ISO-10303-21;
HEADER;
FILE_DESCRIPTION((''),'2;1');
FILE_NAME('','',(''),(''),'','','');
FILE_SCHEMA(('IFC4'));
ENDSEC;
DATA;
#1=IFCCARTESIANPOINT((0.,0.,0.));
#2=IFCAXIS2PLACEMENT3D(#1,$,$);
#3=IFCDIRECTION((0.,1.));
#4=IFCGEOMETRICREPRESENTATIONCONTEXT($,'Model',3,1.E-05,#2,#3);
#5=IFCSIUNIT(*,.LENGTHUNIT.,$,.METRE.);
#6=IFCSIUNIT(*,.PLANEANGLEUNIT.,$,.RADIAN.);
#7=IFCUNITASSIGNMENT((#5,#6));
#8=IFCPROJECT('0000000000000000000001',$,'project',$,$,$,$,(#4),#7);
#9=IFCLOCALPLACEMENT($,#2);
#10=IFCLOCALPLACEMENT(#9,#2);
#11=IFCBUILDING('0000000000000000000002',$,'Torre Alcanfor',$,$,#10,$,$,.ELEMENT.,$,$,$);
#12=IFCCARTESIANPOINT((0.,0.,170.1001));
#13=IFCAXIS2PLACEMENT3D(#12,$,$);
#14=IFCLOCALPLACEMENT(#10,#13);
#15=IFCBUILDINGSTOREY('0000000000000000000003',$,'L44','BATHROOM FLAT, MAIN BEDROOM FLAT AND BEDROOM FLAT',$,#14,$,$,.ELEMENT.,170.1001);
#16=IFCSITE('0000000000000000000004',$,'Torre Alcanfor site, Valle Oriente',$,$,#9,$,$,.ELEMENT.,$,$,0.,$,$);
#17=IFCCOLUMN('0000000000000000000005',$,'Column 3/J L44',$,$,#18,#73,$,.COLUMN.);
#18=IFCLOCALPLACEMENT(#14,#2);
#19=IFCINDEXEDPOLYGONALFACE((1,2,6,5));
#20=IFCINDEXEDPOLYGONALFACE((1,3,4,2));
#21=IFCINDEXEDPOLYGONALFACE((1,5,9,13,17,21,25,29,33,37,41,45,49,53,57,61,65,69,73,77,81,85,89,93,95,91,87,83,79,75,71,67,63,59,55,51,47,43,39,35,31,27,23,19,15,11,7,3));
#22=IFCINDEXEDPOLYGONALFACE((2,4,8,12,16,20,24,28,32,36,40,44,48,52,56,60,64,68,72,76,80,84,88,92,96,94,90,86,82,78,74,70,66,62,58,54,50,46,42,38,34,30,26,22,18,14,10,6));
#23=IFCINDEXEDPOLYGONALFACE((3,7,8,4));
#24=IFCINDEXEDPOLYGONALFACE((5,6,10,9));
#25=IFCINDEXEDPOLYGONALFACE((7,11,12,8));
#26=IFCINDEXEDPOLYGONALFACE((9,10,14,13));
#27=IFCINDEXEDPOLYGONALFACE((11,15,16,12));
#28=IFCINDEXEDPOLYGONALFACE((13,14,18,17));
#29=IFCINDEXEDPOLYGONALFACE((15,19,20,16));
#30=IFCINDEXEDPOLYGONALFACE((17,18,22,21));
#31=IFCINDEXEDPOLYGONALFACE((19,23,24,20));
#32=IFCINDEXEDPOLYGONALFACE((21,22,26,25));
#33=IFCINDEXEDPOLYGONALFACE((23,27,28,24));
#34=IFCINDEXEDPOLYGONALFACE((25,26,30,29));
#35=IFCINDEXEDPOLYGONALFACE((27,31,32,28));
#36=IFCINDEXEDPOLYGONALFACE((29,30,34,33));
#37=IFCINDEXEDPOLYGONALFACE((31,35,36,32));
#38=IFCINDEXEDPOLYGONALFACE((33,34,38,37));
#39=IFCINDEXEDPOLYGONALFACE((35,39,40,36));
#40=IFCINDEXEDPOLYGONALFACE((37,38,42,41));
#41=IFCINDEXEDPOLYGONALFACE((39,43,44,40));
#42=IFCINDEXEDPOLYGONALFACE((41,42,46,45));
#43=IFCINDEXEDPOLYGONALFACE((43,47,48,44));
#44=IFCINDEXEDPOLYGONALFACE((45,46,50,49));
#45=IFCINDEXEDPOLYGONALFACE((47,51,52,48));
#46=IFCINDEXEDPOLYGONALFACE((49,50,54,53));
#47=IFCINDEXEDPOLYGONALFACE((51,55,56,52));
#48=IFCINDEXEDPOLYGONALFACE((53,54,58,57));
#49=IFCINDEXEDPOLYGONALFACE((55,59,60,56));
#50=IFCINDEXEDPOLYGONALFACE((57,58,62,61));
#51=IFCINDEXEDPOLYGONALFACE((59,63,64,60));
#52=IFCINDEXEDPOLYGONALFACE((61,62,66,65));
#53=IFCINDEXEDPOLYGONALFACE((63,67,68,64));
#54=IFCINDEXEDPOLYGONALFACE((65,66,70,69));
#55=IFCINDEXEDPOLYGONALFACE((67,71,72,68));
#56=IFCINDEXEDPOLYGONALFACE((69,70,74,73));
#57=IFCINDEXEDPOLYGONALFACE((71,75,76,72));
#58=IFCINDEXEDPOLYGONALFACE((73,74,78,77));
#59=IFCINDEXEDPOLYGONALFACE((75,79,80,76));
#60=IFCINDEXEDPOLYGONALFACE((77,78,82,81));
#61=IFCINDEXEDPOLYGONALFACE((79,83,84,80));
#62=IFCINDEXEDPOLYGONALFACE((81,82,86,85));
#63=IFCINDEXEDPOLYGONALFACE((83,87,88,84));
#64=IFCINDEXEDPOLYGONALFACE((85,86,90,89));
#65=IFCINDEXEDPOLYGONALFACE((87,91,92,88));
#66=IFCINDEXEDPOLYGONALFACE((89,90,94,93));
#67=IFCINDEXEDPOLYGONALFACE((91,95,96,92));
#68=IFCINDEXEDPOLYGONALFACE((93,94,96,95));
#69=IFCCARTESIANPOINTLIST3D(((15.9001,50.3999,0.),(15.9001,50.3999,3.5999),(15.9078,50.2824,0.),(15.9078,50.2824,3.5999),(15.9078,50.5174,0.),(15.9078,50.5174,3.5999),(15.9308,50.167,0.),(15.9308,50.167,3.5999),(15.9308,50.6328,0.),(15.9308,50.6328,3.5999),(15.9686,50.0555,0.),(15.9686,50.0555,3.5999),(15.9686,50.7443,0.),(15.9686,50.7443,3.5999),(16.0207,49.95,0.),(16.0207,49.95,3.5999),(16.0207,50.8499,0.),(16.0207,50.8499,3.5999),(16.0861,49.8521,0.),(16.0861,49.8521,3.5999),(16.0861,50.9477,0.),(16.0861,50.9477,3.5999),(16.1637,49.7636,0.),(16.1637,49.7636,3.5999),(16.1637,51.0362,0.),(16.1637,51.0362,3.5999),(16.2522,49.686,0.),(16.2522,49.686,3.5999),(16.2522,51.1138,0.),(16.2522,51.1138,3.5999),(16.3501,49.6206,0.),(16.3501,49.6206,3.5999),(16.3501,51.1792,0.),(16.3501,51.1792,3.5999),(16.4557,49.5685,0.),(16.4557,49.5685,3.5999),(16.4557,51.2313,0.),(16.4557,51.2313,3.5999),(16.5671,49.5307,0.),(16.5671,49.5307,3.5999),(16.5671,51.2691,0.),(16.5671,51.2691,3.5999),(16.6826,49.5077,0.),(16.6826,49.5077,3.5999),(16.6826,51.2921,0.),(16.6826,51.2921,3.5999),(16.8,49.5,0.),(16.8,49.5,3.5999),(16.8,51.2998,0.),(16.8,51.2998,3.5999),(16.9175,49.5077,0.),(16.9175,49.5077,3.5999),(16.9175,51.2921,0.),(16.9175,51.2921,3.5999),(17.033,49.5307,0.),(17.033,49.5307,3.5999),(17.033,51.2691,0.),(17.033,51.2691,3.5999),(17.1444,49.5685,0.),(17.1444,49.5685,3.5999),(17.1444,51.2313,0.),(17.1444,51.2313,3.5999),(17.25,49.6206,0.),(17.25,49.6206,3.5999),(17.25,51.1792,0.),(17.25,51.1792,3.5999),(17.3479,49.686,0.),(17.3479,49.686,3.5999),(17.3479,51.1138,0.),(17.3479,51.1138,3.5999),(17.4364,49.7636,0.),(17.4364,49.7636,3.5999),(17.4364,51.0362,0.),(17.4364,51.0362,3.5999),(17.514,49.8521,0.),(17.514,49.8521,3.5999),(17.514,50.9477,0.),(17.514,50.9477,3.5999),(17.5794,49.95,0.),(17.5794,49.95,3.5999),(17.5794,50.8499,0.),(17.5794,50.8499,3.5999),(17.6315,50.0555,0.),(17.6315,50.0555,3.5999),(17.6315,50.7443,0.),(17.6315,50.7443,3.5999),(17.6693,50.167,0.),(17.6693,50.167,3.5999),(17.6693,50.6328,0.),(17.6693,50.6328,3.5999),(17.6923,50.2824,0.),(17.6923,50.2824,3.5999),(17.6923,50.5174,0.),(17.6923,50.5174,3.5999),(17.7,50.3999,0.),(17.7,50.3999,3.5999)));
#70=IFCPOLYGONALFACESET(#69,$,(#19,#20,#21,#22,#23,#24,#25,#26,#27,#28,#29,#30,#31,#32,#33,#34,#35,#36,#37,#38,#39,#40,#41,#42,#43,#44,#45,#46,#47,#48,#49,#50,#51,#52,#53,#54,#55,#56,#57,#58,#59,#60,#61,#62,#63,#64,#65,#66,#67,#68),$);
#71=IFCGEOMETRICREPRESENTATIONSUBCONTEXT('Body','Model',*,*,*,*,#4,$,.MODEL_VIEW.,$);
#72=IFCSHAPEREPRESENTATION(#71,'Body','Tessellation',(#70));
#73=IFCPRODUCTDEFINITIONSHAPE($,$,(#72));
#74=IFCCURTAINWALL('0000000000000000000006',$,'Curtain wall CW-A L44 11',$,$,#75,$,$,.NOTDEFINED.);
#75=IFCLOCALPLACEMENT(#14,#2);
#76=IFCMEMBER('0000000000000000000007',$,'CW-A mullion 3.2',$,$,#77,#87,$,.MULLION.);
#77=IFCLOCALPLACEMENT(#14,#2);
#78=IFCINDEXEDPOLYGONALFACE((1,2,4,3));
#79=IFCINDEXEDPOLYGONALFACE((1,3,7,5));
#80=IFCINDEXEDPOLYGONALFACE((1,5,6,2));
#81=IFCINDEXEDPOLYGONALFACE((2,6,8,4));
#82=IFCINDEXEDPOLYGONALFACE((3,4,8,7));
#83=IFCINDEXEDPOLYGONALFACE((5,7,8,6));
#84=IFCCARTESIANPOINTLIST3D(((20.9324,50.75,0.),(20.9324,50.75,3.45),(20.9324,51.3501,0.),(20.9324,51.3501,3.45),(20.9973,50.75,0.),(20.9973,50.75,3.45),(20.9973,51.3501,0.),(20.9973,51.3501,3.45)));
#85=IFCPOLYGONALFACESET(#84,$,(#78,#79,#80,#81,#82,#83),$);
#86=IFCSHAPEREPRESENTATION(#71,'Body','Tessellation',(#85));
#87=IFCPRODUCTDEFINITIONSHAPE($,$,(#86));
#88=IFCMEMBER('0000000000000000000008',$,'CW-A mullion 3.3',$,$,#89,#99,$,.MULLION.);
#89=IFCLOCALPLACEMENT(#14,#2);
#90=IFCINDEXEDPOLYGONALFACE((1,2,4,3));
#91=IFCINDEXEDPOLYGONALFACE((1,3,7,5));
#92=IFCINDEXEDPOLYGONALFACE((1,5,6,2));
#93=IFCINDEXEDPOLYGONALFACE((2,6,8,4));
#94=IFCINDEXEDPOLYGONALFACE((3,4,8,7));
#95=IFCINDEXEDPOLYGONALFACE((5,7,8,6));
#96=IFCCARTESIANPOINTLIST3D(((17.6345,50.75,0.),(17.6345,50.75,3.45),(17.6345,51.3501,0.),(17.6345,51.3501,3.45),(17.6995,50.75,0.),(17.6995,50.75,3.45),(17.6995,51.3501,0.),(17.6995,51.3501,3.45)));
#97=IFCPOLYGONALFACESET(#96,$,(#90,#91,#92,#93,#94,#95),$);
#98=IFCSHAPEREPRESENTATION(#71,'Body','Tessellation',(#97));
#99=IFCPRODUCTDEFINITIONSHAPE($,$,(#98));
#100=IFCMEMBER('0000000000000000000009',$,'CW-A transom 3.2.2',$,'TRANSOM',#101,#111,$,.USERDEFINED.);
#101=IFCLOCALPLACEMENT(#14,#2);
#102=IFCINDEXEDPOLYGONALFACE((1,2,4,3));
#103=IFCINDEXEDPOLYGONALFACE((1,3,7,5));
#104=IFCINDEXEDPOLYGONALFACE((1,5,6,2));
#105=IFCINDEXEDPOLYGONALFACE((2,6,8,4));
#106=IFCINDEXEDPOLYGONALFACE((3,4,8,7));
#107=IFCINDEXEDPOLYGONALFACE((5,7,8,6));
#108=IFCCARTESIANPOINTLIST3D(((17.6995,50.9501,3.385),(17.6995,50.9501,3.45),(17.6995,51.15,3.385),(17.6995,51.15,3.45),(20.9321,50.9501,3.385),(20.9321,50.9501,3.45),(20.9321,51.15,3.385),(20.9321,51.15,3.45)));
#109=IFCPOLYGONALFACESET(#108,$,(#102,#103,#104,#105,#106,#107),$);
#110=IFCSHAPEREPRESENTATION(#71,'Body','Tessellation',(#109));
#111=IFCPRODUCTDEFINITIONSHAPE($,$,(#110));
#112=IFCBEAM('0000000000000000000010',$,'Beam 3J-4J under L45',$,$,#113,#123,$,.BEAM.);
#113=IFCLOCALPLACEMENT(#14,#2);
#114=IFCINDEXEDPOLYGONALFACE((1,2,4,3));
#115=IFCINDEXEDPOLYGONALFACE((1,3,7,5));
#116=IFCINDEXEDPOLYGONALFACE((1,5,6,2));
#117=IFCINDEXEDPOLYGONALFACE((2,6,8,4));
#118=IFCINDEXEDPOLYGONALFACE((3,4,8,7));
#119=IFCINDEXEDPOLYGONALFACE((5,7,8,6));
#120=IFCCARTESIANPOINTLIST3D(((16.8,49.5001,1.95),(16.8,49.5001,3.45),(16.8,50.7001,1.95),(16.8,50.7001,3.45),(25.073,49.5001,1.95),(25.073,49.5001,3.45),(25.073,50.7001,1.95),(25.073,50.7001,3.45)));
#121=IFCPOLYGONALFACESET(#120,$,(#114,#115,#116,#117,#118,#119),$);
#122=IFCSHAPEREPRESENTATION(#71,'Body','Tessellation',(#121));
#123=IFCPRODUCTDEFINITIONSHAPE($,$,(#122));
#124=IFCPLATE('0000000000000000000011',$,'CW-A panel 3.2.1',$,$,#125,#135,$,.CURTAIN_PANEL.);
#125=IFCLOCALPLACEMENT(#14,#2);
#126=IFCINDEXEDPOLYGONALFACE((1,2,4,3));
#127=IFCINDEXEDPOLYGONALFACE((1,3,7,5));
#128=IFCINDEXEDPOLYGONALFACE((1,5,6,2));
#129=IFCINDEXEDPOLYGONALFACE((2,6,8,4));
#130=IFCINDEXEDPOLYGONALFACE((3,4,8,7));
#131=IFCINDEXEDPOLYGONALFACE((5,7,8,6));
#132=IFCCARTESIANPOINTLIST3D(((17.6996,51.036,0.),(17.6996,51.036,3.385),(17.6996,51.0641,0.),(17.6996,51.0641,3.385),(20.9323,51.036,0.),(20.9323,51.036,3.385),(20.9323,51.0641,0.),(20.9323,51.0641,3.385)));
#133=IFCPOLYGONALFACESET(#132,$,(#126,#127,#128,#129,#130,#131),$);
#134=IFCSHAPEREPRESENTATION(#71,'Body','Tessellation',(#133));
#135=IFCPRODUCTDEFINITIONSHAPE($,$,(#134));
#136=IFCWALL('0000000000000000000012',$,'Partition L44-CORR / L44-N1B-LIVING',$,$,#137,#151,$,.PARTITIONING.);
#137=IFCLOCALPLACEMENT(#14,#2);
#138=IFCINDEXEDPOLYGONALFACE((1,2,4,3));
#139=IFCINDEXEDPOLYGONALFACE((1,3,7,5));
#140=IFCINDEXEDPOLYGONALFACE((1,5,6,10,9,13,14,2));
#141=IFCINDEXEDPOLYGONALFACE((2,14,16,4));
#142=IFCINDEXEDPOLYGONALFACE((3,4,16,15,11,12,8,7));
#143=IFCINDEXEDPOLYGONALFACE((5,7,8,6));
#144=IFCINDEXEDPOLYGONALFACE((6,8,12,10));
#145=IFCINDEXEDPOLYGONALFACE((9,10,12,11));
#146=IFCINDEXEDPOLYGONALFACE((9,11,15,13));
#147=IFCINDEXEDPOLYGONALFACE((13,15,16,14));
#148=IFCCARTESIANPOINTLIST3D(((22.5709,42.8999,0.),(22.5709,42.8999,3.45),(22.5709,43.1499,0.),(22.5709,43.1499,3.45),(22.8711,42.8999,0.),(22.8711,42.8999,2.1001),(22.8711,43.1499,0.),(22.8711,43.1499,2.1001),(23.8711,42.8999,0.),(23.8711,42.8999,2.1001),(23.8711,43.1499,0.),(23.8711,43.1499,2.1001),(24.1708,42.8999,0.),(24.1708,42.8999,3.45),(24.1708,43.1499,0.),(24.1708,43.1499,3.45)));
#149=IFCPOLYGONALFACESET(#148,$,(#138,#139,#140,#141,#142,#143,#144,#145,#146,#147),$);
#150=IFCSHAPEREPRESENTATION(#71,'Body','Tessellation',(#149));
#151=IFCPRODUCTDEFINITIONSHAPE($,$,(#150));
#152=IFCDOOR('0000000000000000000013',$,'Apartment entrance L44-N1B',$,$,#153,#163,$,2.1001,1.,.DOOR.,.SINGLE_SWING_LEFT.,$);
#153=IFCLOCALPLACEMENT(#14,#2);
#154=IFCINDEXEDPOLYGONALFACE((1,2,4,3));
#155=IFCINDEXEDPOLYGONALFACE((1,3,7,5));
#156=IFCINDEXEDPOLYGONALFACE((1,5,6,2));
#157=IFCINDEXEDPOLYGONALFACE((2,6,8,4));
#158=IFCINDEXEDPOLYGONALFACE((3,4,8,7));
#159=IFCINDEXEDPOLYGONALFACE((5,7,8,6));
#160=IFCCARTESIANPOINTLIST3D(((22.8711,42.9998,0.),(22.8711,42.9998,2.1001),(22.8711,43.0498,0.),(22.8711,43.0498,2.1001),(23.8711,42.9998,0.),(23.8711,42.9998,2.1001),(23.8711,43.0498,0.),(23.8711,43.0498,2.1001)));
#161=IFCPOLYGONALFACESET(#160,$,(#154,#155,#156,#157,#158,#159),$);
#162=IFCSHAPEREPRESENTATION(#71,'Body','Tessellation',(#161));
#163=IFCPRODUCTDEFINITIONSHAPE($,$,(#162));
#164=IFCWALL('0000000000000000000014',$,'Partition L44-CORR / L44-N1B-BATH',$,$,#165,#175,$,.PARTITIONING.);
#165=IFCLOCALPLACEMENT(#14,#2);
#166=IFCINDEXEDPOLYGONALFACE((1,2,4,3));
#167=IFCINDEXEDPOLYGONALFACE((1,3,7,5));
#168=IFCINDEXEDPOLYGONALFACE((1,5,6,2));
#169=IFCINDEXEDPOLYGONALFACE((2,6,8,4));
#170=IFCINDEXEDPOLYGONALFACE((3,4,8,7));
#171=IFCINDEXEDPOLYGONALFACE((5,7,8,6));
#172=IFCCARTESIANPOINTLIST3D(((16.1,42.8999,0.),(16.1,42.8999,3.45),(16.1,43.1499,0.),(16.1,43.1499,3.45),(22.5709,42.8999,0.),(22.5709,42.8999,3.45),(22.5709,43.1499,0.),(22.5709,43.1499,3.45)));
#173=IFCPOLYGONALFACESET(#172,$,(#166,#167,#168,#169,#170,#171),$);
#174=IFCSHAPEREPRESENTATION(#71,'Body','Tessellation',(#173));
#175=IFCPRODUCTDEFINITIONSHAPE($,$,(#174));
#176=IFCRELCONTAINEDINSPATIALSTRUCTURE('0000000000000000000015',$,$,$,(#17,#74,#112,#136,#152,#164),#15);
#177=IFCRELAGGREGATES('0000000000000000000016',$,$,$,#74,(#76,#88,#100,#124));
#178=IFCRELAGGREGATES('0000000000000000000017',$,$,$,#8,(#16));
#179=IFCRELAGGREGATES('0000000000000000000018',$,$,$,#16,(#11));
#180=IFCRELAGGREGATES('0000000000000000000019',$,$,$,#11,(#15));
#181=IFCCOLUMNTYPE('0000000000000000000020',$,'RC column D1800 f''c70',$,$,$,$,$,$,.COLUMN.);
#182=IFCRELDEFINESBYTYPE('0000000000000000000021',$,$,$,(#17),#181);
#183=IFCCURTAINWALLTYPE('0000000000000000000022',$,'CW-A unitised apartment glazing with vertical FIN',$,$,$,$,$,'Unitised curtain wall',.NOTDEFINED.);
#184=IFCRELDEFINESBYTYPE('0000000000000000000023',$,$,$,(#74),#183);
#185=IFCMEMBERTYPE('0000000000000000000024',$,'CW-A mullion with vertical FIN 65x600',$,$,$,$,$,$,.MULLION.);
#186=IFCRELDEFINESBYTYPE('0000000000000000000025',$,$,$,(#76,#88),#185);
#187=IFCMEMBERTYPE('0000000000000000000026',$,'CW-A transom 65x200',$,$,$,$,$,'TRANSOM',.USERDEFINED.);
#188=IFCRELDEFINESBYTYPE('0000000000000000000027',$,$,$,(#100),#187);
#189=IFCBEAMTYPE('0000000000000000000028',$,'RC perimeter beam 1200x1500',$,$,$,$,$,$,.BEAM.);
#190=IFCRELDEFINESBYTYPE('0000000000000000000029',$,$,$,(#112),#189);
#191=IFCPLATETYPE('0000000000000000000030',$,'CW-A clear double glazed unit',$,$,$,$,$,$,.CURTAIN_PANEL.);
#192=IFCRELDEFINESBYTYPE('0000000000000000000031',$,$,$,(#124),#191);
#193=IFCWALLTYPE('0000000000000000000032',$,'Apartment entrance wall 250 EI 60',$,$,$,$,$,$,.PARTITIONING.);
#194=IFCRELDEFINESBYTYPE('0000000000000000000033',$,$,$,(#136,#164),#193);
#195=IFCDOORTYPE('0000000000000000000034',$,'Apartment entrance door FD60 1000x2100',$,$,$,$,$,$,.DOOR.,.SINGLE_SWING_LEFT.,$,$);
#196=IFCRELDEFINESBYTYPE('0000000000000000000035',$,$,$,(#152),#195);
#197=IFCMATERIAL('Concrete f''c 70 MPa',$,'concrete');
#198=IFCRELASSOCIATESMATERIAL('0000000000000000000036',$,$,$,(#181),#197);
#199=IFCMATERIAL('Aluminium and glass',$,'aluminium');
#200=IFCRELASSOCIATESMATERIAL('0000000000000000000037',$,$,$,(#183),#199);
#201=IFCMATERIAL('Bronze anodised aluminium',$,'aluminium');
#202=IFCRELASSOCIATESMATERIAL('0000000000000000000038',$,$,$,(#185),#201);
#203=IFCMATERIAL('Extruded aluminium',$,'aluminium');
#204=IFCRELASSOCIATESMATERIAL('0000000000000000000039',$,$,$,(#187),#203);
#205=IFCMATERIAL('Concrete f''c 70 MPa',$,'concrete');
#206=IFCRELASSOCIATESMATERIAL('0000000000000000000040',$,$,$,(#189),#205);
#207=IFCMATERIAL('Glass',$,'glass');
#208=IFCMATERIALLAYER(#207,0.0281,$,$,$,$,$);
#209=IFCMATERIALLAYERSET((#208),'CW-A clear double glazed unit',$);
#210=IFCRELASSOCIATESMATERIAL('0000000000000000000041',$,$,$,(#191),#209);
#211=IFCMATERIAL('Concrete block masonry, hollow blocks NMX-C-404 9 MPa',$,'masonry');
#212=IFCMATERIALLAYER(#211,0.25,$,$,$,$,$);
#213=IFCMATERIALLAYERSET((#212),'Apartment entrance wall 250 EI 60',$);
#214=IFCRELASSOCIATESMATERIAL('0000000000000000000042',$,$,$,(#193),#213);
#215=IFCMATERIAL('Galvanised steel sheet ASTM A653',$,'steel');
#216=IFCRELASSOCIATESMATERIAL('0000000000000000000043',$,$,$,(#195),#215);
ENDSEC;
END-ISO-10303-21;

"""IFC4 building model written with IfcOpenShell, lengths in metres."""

from ifc_helpers import new_model, si_unit, direction, frame, frame_2d, origin, origin_2d, place, context, subcontext, project, spatial, rectangle, circle, extrude, material, layer, layer_set, material_profile, profile_set, type_object, element, fill, aggregate, save


model = new_model("IFC4")

# Units and contexts
model_context = context("Model", 3, precision=1e-05, world=origin(), true_north=direction((0.0, 1.0)))
body_context = subcontext(model_context, "Body", "Model", "MODEL_VIEW")
ifc_project = project(units=[si_unit("LENGTHUNIT", "METRE"), si_unit("PLANEANGLEUNIT", "RADIAN")], contexts=[model_context])

# Site, building, storey
site_placement = place(None, origin())
site = spatial("IfcSite", under=ifc_project, at=site_placement, Name="Torre Alcanfor site, Valle Oriente", CompositionType="ELEMENT", RefElevation=0.0)
building_placement = place(site_placement, origin())
building = spatial("IfcBuilding", under=site, at=building_placement, Name="Torre Alcanfor", CompositionType="ELEMENT")
storey_placement = place(building_placement, frame((0.0, 0.0, 170.1001)))
storey = spatial("IfcBuildingStorey", under=building, at=storey_placement, Name="L44", Description="BATHROOM FLAT, MAIN BEDROOM FLAT AND BEDROOM FLAT", CompositionType="ELEMENT", Elevation=170.1001)

# Column
ifc_material_1 = material(Name="Concrete f'c 70 MPa", Category="concrete")
ifc_material_profile_1 = material_profile(ifc_material_1, circle(Radius=0.8999, at=origin_2d()), Name="D1800")
ifc_profile_set_1 = profile_set([ifc_material_profile_1], Name="Concrete f'c 70 MPa")
column_type = type_object("IfcColumnType", Name="RC column D1800 f'c70", PredefinedType="COLUMN", material=ifc_profile_set_1)
column_placement = place(storey_placement, frame((16.8, 50.3999, 0.0), z_axis=(0.0, 0.0, 1.0), x_axis=(1.0, 0.0, 0.0)))
element("IfcColumn", 1, at=column_placement, inside=storey, type_object=column_type, Name="Column 3/J L44", PredefinedType="COLUMN", context=body_context, shape_type="SweptSolid", body=[
    extrude(circle(Radius=0.8999, at=origin_2d()), origin(), (0.0, 0.0, 1.0), 3.5999),
])

# Curtain wall, members
ifc_material_2 = material(Name="Aluminium and glass", Category="aluminium")
curtain_wall_type = type_object("IfcCurtainWallType", Name="CW-A unitised apartment glazing with vertical FIN", ElementType="Unitised curtain wall", PredefinedType="NOTDEFINED", material=ifc_material_2)
curtain_wall_placement = place(storey_placement, origin())
curtain_wall = element("IfcCurtainWall", 2, at=curtain_wall_placement, inside=storey, type_object=curtain_wall_type, Name="Curtain wall CW-A L44 11", PredefinedType="NOTDEFINED")
ifc_material_3 = material(Name="Bronze anodised aluminium", Category="aluminium")
ifc_material_profile_2 = material_profile(ifc_material_3, rectangle(XDim=0.6001, YDim=0.0649, at=origin_2d()), Name="CW-A mullion 65x600")
ifc_profile_set_2 = profile_set([ifc_material_profile_2], Name="Bronze anodised aluminium")
member_type_1 = type_object("IfcMemberType", Name="CW-A mullion with vertical FIN 65x600", PredefinedType="MULLION", material=ifc_profile_set_2)
member_1_placement = place(storey_placement, frame((20.9648, 51.05, 0.0), z_axis=(0.0, 0.0, 1.0), x_axis=(0.0, -1.0, 0.0)))
member_1 = element("IfcMember", 3, at=member_1_placement, type_object=member_type_1, Name="CW-A mullion 3.2", PredefinedType="MULLION", context=body_context, shape_type="SweptSolid", body=[
    extrude(rectangle(XDim=0.6001, YDim=0.0649, at=origin_2d()), origin(), (0.0, 0.0, 1.0), 3.45),
])
member_2_placement = place(storey_placement, frame((17.667, 51.05, 0.0), z_axis=(0.0, 0.0, 1.0), x_axis=(0.0, -1.0, 0.0)))
member_2 = element("IfcMember", 4, at=member_2_placement, type_object=member_type_1, Name="CW-A mullion 3.3", PredefinedType="MULLION", context=body_context, shape_type="SweptSolid", body=[
    extrude(rectangle(XDim=0.6001, YDim=0.0649, at=origin_2d()), origin(), (0.0, 0.0, 1.0), 3.45),
])
ifc_material_4 = material(Name="Extruded aluminium", Category="aluminium")
ifc_material_profile_3 = material_profile(ifc_material_4, rectangle(XDim=0.2, YDim=0.0649, at=origin_2d()), Name="CW-A transom 200x65")
ifc_profile_set_3 = profile_set([ifc_material_profile_3], Name="Extruded aluminium")
member_type_2 = type_object("IfcMemberType", Name="CW-A transom 65x200", ElementType="TRANSOM", PredefinedType="USERDEFINED", material=ifc_profile_set_3)
member_3_placement = place(storey_placement, frame((20.9321, 51.05, 3.4175), z_axis=(-1.0, 0.0, 0.0), x_axis=(0.0, -1.0, 0.0)))
member_3 = element("IfcMember", 5, at=member_3_placement, type_object=member_type_2, Name="CW-A transom 3.2.2", ObjectType="TRANSOM", PredefinedType="USERDEFINED", context=body_context, shape_type="SweptSolid", body=[
    extrude(rectangle(XDim=0.2, YDim=0.0649, at=origin_2d()), origin(), (0.0, 0.0, 1.0), 3.2327),
])

# Beam
ifc_material_5 = material(Name="Concrete f'c 70 MPa", Category="concrete")
ifc_material_profile_4 = material_profile(ifc_material_5, rectangle(XDim=1.2, YDim=1.5, at=origin_2d()), Name="1200x1500")
ifc_profile_set_4 = profile_set([ifc_material_profile_4], Name="Concrete f'c 70 MPa")
beam_type = type_object("IfcBeamType", Name="RC perimeter beam 1200x1500", PredefinedType="BEAM", material=ifc_profile_set_4)
beam_placement = place(storey_placement, frame((16.8, 50.1001, 2.7), z_axis=(1.0, 0.0, 0.0), x_axis=(0.0, 1.0, 0.0)))
element("IfcBeam", 6, at=beam_placement, inside=storey, type_object=beam_type, Name="Beam 3J-4J under L45", PredefinedType="BEAM", context=body_context, shape_type="SweptSolid", body=[
    extrude(rectangle(XDim=1.2, YDim=1.5, at=origin_2d()), origin(), (0.0, 0.0, 1.0), 8.2729),
])

# Plate
ifc_material_6 = material(Name="Glass", Category="glass")
ifc_layer_1 = layer(ifc_material_6, 0.0281)
ifc_layer_set_1 = layer_set([ifc_layer_1], Name="CW-A clear double glazed unit")
plate_type = type_object("IfcPlateType", Name="CW-A clear double glazed unit", PredefinedType="CURTAIN_PANEL", material=ifc_layer_set_1)
plate_placement = place(storey_placement, frame((19.3159, 51.05, 0.0), z_axis=(0.0, 0.0, 1.0), x_axis=(-1.0, 0.0, 0.0)))
plate = element("IfcPlate", 7, at=plate_placement, type_object=plate_type, Name="CW-A panel 3.2.1", PredefinedType="CURTAIN_PANEL", context=body_context, shape_type="SweptSolid", body=[
    extrude(rectangle(XDim=3.2327, YDim=0.0281, at=origin_2d()), origin(), (0.0, 0.0, 1.0), 3.385),
])
aggregate(curtain_wall, [member_1, member_2, member_3, plate])

# Wall, opening, door
ifc_material_7 = material(Name="Concrete block masonry, hollow blocks NMX-C-404 9 MPa", Category="masonry")
ifc_layer_2 = layer(ifc_material_7, 0.25)
ifc_layer_set_2 = layer_set([ifc_layer_2], Name="Apartment entrance wall 250 EI 60")
wall_type_1 = type_object("IfcWallType", Name="Apartment entrance wall 250 EI 60", PredefinedType="PARTITIONING", material=ifc_layer_set_2)
wall_1_placement = place(storey_placement, frame((22.571, 43.0249, 0.0), z_axis=(0.0, 0.0, 1.0), x_axis=(1.0, 0.0, 0.0)))
wall_1 = element("IfcWall", 8, at=wall_1_placement, inside=storey, type_object=wall_type_1, Name="Partition L44-CORR / L44-N1B-LIVING", PredefinedType="PARTITIONING", context=body_context, shape_type="SweptSolid", body=[
    extrude(rectangle(XDim=1.5999, YDim=0.25, at=frame_2d((0.7998, 0.0))), origin(), (0.0, 0.0, 1.0), 3.45),
])
opening_1_placement = place(wall_1_placement, frame((0.3, 0.0, 0.0)))
opening_1 = element("IfcOpeningElement", 9, at=opening_1_placement, cuts=wall_1, PredefinedType="OPENING", context=body_context, shape_type="SweptSolid", body=[
    extrude(rectangle(XDim=1.0, YDim=2.1001, at=frame_2d((0.5, 1.05))), frame((0.0, 0.135, 0.0), z_axis=(0.0, -1.0, 0.0), x_axis=(1.0, 0.0, 0.0)), (0.0, 0.0, 1.0), 0.27),
])
ifc_material_8 = material(Name="Galvanised steel sheet ASTM A653", Category="steel")
door_type_1 = type_object("IfcDoorType", Name="Apartment entrance door FD60 1000x2100", OperationType="SINGLE_SWING_LEFT", PredefinedType="DOOR", material=ifc_material_8)
door_1_placement = place(opening_1_placement, origin())
door_1 = element("IfcDoor", 10, at=door_1_placement, inside=storey, type_object=door_type_1, Name="Apartment entrance L44-N1B", OperationType="SINGLE_SWING_LEFT", OverallHeight=2.1001, OverallWidth=1.0, PredefinedType="DOOR", context=body_context, shape_type="SweptSolid", body=[
    extrude(rectangle(XDim=1.0, YDim=2.1001, at=frame_2d((0.5, 1.05))), frame((0.0, 0.0249, 0.0), z_axis=(0.0, -1.0, 0.0), x_axis=(1.0, 0.0, 0.0)), (0.0, 0.0, 1.0), 0.05),
])
fill(opening_1, door_1)

# Wall
wall_2_placement = place(storey_placement, frame((16.1001, 43.0249, 0.0), z_axis=(0.0, 0.0, 1.0), x_axis=(1.0, 0.0, 0.0)))
element("IfcWall", 11, at=wall_2_placement, inside=storey, type_object=wall_type_1, Name="Partition L44-CORR / L44-N1B-BATH", PredefinedType="PARTITIONING", context=body_context, shape_type="SweptSolid", body=[
    extrude(rectangle(XDim=6.4709, YDim=0.25, at=frame_2d((3.2354, 0.0))), origin(), (0.0, 0.0, 1.0), 3.45),
])

save(model, "model.ifc")
